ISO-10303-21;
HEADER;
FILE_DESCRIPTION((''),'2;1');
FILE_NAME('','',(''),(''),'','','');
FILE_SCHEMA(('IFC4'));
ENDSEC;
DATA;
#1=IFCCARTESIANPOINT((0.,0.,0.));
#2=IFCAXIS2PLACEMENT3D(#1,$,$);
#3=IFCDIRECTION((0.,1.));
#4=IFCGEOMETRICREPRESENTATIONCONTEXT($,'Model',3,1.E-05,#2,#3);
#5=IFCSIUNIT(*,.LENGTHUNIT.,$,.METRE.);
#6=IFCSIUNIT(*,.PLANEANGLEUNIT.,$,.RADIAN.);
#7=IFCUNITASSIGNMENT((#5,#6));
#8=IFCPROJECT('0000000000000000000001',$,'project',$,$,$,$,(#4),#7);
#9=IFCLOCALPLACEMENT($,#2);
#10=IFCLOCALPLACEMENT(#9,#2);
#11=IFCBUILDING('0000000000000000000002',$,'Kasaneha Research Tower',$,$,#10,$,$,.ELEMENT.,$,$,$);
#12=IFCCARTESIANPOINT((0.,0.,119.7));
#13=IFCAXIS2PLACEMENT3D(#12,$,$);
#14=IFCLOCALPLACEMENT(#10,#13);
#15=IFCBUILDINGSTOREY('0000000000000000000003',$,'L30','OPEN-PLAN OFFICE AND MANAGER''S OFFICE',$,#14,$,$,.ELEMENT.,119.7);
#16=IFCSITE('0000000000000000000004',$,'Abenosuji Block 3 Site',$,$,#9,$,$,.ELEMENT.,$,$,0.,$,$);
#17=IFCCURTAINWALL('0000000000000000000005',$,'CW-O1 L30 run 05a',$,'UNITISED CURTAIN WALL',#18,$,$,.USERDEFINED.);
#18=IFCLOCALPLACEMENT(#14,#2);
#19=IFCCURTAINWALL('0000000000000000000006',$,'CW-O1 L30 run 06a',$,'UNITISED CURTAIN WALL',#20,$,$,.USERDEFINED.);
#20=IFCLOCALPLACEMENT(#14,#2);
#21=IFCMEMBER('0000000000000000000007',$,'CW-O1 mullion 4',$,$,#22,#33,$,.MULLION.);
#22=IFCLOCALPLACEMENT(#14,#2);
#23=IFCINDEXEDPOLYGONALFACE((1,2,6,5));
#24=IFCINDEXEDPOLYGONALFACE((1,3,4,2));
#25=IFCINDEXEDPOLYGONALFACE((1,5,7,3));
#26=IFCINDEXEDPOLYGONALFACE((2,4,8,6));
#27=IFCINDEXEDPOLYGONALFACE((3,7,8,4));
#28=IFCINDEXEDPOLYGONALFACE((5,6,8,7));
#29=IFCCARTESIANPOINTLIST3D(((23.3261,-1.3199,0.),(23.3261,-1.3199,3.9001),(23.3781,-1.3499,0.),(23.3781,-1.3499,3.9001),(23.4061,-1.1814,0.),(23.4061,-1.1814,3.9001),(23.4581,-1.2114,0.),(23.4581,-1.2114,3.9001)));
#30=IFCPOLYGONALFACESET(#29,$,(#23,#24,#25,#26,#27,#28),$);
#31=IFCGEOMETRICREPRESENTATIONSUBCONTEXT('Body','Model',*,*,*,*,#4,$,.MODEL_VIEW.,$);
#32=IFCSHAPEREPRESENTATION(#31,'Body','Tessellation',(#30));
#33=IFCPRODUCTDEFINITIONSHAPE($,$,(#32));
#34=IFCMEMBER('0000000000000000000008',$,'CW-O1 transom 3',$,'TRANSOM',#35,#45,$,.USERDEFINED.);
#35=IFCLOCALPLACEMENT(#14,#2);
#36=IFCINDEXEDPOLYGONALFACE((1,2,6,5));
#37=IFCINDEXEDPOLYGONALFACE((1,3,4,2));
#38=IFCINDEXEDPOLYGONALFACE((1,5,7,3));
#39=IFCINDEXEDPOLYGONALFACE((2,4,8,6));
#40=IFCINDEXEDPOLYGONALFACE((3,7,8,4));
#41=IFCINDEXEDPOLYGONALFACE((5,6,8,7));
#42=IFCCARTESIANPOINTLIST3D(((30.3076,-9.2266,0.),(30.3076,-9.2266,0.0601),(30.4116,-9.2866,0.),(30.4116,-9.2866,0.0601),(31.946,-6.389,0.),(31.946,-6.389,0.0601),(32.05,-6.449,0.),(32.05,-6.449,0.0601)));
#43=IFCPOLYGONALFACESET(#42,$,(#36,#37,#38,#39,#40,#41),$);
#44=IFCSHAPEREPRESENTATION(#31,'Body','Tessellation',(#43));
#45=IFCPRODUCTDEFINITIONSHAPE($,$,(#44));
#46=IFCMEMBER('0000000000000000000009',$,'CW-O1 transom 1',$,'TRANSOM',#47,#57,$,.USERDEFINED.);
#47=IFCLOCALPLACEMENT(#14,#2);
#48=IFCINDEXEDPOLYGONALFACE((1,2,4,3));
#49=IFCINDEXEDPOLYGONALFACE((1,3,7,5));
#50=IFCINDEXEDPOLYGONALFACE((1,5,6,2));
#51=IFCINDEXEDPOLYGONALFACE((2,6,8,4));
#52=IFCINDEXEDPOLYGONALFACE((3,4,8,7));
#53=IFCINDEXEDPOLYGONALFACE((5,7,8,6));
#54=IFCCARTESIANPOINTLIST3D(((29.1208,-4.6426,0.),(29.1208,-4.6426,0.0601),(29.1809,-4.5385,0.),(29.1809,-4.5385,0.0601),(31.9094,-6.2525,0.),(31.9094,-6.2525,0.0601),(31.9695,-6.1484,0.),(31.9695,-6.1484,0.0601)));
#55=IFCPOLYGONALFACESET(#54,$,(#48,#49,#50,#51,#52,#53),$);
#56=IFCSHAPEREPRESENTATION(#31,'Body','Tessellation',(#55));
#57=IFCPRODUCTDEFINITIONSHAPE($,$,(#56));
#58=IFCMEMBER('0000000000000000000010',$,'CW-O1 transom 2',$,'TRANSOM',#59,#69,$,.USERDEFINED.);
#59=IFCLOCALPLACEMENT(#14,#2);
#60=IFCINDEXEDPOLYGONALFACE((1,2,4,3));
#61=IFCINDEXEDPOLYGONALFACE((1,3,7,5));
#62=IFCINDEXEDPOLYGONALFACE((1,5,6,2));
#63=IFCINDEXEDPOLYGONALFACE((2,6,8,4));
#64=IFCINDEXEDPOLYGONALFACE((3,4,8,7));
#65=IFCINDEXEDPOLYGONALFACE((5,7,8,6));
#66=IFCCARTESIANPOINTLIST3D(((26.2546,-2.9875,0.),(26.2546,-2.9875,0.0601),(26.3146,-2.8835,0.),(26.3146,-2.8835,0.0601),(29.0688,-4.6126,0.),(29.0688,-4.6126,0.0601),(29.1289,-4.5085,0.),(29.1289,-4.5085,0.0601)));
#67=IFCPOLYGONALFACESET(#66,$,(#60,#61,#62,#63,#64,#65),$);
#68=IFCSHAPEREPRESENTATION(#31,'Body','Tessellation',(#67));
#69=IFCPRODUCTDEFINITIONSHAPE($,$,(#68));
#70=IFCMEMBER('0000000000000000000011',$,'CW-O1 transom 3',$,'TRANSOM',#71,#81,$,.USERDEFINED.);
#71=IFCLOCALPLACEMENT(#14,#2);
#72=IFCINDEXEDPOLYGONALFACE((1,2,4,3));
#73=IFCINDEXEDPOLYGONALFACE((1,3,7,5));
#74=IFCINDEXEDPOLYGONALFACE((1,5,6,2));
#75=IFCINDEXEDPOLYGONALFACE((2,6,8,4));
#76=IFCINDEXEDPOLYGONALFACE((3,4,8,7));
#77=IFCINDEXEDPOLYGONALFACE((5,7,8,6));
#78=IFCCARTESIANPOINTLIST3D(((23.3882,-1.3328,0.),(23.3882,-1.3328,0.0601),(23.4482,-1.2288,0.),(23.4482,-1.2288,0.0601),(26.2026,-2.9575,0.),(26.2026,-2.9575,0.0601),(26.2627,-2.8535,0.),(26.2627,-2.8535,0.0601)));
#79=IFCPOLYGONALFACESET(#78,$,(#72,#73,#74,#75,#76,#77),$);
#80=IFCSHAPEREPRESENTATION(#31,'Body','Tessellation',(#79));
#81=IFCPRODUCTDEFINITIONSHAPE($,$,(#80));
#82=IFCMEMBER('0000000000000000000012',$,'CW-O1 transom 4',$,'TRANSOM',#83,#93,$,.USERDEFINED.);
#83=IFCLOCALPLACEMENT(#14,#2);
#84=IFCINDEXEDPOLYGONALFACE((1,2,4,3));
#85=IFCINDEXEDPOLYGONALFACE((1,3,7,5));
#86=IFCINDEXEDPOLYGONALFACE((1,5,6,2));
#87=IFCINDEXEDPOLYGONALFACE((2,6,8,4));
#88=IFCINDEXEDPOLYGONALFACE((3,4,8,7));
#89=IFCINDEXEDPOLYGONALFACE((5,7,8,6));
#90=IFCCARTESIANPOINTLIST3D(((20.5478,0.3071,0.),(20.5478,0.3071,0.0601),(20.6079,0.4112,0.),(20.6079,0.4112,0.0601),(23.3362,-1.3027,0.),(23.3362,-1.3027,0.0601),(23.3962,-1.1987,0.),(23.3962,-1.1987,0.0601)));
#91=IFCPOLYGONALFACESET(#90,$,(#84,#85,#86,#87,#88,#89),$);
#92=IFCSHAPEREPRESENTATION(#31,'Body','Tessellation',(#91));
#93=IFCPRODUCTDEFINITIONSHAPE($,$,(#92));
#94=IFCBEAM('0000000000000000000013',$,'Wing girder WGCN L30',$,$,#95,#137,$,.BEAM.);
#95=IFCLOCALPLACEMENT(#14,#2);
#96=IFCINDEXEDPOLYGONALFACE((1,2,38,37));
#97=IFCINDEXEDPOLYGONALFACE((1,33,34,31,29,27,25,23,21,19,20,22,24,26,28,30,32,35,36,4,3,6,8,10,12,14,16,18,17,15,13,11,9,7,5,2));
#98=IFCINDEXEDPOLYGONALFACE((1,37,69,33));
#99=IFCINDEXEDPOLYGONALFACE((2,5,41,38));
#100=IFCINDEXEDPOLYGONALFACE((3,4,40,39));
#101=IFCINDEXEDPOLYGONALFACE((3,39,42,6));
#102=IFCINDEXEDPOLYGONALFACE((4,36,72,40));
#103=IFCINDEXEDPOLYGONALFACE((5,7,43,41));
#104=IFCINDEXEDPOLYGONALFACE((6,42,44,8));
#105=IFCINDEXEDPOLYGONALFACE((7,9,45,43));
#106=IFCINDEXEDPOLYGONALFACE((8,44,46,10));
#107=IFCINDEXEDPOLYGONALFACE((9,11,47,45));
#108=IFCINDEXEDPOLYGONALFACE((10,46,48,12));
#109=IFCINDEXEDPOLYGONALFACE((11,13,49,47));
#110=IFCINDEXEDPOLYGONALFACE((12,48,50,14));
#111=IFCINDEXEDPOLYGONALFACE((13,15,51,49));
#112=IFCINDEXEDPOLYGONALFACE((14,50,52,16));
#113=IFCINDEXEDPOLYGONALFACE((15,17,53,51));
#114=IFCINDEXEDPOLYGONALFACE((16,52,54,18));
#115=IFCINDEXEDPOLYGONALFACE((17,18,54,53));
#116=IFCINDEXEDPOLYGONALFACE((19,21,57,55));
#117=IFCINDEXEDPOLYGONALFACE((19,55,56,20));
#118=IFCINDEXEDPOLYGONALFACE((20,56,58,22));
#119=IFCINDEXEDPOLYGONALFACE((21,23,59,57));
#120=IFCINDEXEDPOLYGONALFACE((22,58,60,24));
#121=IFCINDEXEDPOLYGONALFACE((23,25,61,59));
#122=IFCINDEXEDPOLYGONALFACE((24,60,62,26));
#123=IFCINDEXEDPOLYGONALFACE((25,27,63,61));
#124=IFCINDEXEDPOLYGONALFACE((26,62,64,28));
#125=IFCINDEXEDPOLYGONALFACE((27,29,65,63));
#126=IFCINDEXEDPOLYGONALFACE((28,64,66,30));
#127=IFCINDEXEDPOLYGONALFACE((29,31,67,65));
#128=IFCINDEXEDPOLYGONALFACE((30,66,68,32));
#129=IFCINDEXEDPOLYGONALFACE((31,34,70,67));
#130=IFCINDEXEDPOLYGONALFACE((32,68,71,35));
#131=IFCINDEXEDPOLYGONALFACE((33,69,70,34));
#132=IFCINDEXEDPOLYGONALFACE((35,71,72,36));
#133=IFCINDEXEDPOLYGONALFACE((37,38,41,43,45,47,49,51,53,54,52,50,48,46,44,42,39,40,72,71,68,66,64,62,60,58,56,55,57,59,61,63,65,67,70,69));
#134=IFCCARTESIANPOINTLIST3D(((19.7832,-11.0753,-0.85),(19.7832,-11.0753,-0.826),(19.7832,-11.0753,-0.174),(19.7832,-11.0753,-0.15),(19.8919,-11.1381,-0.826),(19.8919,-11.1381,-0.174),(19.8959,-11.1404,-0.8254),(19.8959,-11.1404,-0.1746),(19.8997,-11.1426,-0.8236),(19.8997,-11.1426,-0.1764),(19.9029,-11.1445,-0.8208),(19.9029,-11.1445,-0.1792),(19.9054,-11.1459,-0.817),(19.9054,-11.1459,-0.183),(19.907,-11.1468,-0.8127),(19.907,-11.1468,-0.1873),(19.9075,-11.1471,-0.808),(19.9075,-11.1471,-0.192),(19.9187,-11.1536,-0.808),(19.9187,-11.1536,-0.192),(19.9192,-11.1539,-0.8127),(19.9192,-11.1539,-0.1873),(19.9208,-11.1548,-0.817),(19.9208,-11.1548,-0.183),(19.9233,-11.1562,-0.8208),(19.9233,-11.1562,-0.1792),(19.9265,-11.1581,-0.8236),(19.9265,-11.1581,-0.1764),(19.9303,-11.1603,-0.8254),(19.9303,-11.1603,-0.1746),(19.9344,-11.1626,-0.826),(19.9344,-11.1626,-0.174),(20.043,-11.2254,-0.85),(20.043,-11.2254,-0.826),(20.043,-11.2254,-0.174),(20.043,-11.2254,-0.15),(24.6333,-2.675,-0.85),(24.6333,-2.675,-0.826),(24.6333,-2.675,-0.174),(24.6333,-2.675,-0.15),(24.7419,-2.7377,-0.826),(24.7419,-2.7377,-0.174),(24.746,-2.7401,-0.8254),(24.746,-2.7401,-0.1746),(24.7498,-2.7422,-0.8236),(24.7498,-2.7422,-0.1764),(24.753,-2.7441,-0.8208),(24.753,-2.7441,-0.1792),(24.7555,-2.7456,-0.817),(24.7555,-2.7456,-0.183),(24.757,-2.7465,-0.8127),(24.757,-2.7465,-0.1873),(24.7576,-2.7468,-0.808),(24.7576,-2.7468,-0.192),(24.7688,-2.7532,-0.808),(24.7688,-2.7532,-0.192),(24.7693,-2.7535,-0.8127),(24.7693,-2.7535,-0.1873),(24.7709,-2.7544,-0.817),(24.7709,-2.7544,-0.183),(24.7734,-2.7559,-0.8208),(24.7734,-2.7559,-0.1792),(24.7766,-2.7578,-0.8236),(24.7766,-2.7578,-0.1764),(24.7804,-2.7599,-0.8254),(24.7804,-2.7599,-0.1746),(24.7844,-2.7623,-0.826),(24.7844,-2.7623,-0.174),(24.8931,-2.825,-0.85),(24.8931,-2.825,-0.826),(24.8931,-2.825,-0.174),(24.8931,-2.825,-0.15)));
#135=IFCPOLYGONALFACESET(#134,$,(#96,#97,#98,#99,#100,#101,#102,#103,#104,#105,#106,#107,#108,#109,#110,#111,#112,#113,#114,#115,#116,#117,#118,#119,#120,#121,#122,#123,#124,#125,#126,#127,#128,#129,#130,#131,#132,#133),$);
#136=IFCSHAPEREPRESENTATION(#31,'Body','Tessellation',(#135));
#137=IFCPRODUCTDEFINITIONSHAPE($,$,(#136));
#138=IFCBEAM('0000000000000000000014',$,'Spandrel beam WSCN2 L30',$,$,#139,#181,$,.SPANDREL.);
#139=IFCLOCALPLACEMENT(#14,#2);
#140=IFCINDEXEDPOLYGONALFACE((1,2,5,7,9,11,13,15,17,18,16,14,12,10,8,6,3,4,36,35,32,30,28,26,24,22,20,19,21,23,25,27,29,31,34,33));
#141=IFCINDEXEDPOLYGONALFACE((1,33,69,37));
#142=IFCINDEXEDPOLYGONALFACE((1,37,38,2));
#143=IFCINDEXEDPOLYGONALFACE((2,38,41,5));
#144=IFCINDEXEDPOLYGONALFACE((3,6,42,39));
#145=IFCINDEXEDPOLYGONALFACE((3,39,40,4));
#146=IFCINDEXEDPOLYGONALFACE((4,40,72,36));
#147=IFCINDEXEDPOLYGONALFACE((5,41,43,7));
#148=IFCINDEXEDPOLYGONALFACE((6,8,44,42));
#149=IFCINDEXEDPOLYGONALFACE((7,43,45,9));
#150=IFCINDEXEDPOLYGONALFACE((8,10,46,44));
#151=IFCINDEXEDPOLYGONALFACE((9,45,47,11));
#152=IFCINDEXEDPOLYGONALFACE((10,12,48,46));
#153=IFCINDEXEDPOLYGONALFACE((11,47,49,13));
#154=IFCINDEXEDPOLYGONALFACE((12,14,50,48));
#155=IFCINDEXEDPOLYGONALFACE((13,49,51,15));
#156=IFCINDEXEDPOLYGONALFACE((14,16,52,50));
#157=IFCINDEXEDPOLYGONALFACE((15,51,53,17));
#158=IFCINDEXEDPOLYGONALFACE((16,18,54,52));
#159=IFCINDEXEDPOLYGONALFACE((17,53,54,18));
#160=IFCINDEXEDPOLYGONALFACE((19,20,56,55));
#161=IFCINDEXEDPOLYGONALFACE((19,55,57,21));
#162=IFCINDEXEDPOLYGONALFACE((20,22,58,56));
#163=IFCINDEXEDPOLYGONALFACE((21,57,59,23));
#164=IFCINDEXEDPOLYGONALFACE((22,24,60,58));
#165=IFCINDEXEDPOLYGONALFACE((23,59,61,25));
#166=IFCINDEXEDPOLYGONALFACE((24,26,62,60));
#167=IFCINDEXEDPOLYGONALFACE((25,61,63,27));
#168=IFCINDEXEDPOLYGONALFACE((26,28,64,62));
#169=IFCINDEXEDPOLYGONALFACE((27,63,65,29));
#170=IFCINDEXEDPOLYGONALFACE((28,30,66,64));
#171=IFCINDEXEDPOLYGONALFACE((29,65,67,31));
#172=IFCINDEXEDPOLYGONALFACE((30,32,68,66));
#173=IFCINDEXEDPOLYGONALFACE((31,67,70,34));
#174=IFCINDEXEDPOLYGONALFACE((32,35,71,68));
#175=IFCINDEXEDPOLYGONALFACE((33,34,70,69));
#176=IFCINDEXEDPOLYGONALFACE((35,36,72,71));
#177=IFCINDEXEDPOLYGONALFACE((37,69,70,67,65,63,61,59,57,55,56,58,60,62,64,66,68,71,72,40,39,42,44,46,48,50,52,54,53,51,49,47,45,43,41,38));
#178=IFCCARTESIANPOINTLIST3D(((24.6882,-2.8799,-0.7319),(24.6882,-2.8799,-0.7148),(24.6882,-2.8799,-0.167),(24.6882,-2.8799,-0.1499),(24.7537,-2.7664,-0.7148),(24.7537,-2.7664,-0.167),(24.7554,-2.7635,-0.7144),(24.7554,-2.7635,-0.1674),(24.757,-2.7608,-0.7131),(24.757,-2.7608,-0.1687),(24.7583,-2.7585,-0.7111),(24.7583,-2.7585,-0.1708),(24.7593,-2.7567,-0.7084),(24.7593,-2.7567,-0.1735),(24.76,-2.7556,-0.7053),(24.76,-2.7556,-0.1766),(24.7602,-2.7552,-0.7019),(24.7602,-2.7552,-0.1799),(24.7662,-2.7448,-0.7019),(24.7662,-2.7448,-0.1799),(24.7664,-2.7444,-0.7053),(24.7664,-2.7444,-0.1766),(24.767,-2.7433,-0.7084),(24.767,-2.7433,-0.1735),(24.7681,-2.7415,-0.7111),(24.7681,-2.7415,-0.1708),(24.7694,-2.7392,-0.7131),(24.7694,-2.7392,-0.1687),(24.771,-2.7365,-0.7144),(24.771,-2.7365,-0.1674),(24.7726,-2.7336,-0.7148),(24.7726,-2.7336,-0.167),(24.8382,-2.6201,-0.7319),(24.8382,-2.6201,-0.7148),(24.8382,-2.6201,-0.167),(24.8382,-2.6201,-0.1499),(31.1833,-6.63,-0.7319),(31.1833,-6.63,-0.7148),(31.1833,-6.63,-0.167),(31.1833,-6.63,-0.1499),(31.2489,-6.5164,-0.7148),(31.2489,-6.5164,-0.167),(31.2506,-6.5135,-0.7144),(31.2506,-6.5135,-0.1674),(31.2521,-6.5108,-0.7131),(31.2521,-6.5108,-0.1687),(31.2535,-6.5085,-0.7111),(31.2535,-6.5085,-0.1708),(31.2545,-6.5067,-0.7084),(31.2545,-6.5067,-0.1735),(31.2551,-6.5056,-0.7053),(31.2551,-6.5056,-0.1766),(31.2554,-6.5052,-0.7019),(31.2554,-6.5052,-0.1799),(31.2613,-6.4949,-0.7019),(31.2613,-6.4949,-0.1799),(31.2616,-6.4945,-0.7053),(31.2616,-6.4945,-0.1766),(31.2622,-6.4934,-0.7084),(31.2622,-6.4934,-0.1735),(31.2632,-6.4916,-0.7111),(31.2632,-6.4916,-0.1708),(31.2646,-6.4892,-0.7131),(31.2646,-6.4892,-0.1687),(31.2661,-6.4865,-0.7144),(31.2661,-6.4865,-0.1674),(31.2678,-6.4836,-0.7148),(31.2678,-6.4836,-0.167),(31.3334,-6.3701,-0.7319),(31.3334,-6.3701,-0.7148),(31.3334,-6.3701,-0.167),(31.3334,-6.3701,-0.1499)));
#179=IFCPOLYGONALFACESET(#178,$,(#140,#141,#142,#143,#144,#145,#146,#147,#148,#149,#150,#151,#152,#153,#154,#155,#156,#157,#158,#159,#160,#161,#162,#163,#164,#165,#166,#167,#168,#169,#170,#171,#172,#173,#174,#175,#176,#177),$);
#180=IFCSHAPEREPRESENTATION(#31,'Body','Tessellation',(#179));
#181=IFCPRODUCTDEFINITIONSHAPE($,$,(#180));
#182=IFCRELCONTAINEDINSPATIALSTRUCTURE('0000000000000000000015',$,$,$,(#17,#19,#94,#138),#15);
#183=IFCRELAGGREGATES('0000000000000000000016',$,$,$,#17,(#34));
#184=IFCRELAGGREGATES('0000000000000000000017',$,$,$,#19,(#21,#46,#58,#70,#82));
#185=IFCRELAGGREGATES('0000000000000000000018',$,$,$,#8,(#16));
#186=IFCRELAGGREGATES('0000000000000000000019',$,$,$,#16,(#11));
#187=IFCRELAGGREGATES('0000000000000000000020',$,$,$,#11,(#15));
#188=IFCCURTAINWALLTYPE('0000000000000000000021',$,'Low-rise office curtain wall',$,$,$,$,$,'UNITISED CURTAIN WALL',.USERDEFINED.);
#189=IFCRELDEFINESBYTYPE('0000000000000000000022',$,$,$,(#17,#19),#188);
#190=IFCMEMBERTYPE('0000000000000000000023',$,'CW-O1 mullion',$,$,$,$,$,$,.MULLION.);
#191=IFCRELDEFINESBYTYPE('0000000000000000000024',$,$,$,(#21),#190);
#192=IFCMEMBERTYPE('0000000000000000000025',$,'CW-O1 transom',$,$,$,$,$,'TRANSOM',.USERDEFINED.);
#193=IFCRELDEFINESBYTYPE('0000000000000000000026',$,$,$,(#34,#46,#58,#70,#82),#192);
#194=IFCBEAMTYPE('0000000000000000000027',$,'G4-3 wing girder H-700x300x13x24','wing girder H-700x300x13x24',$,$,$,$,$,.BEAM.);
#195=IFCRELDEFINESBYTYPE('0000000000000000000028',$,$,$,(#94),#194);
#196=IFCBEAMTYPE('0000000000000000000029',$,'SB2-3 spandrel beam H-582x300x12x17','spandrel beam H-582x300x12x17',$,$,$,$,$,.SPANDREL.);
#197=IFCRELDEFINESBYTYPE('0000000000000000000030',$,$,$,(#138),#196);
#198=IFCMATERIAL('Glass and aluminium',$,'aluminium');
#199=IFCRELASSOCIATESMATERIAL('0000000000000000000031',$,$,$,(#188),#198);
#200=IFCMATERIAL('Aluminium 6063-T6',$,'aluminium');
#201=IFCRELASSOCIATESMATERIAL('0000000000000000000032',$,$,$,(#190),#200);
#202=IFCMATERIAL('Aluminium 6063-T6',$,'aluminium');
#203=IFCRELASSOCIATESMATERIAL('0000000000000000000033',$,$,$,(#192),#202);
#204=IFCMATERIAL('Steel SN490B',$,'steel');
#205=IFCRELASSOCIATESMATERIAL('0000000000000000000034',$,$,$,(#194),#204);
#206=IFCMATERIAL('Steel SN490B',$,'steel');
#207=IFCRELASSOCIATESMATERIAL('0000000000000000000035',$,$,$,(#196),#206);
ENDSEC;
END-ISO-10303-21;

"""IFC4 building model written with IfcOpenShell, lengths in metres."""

from ifc_helpers import new_model, si_unit, direction, frame, origin, origin_2d, place, context, subcontext, project, spatial, rectangle, i_section, extrude, material, material_profile, profile_set, type_object, element, aggregate, save


model = new_model("IFC4")

# Units and contexts
model_context = context("Model", 3, precision=1e-05, world=origin(), true_north=direction((0.0, 1.0)))
body_context = subcontext(model_context, "Body", "Model", "MODEL_VIEW")
ifc_project = project(units=[si_unit("LENGTHUNIT", "METRE"), si_unit("PLANEANGLEUNIT", "RADIAN")], contexts=[model_context])

# Site, building, storey
site_placement = place(None, origin())
site = spatial("IfcSite", under=ifc_project, at=site_placement, Name="Abenosuji Block 3 Site", CompositionType="ELEMENT", RefElevation=0.0)
building_placement = place(site_placement, origin())
building = spatial("IfcBuilding", under=site, at=building_placement, Name="Kasaneha Research Tower", CompositionType="ELEMENT")
storey_placement = place(building_placement, frame((0.0, 0.0, 119.7)))
storey = spatial("IfcBuildingStorey", under=building, at=storey_placement, Name="L30", Description="OPEN-PLAN OFFICE AND MANAGER'S OFFICE", CompositionType="ELEMENT", Elevation=119.7)

# Curtain walls, member
ifc_material_1 = material(Name="Glass and aluminium", Category="aluminium")
curtain_wall_type = type_object("IfcCurtainWallType", Name="Low-rise office curtain wall", ElementType="UNITISED CURTAIN WALL", PredefinedType="USERDEFINED", material=ifc_material_1)
curtain_wall_1_placement = place(storey_placement, origin())
curtain_wall_1 = element("IfcCurtainWall", 1, at=curtain_wall_1_placement, inside=storey, type_object=curtain_wall_type, Name="CW-O1 L30 run 05a", ObjectType="UNITISED CURTAIN WALL", PredefinedType="USERDEFINED")
ifc_material_2 = material(Name="Aluminium 6063-T6", Category="aluminium")
ifc_material_profile_1 = material_profile(ifc_material_2, rectangle(XDim=0.0601, YDim=0.1599, at=origin_2d()), Name="CW-O1 mullion 60x160")
ifc_profile_set_1 = profile_set([ifc_material_profile_1], Name="Aluminium 6063-T6")
member_type_1 = type_object("IfcMemberType", Name="CW-O1 mullion", PredefinedType="MULLION", material=ifc_profile_set_1)
curtain_wall_2_placement = place(storey_placement, origin())
curtain_wall_2 = element("IfcCurtainWall", 2, at=curtain_wall_2_placement, inside=storey, type_object=curtain_wall_type, Name="CW-O1 L30 run 06a", ObjectType="UNITISED CURTAIN WALL", PredefinedType="USERDEFINED")
member_1_placement = place(storey_placement, frame((23.3921, -1.2656, 0.0), z_axis=(0.0, 0.0, 1.0), x_axis=(-0.866025, 0.5, 0.0)))
member_1 = element("IfcMember", 3, at=member_1_placement, type_object=member_type_1, Name="CW-O1 mullion 4", PredefinedType="MULLION", context=body_context, shape_type="SweptSolid", body=[
    extrude(rectangle(XDim=0.0601, YDim=0.1599, at=origin_2d()), origin(), (0.0, 0.0, 1.0), 3.9001),
])

# Members
ifc_material_3 = material(Name="Aluminium 6063-T6", Category="aluminium")
ifc_material_profile_2 = material_profile(ifc_material_3, rectangle(XDim=0.1201, YDim=0.0601, at=origin_2d()), Name="CW-O1 transom 120x60")
ifc_profile_set_2 = profile_set([ifc_material_profile_2], Name="Aluminium 6063-T6")
member_type_2 = type_object("IfcMemberType", Name="CW-O1 transom", ElementType="TRANSOM", PredefinedType="USERDEFINED", material=ifc_profile_set_2)
member_2_placement = place(storey_placement, frame((30.3596, -9.2566, 0.03), z_axis=(0.500026, 0.866011, 0.0), x_axis=(-0.866011, 0.500026, 0.0)))
member_2 = element("IfcMember", 4, at=member_2_placement, type_object=member_type_2, Name="CW-O1 transom 3", ObjectType="TRANSOM", PredefinedType="USERDEFINED", context=body_context, shape_type="SweptSolid", body=[
    extrude(rectangle(XDim=0.1201, YDim=0.0601, at=origin_2d()), origin(), (0.0, 0.0, 1.0), 3.2766),
])
member_3_placement = place(storey_placement, frame((31.9395, -6.2004, 0.03), z_axis=(-0.866042, 0.499972, 0.0), x_axis=(-0.499972, -0.866042, 0.0)))
member_3 = element("IfcMember", 5, at=member_3_placement, type_object=member_type_2, Name="CW-O1 transom 1", ObjectType="TRANSOM", PredefinedType="USERDEFINED", context=body_context, shape_type="SweptSolid", body=[
    extrude(rectangle(XDim=0.1201, YDim=0.0601, at=origin_2d()), origin(), (0.0, 0.0, 1.0), 3.22),
])
member_4_placement = place(storey_placement, frame((29.0989, -4.5605, 0.03), z_axis=(-0.865997, 0.50005, 0.0), x_axis=(-0.50005, -0.865997, 0.0)))
member_4 = element("IfcMember", 6, at=member_4_placement, type_object=member_type_2, Name="CW-O1 transom 2", ObjectType="TRANSOM", PredefinedType="USERDEFINED", context=body_context, shape_type="SweptSolid", body=[
    extrude(rectangle(XDim=0.1201, YDim=0.0601, at=origin_2d()), origin(), (0.0, 0.0, 1.0), 3.2498),
])
member_5_placement = place(storey_placement, frame((26.2327, -2.9055, 0.03), z_axis=(-0.866048, 0.499961, 0.0), x_axis=(-0.499961, -0.866048, 0.0)))
member_5 = element("IfcMember", 7, at=member_5_placement, type_object=member_type_2, Name="CW-O1 transom 3", ObjectType="TRANSOM", PredefinedType="USERDEFINED", context=body_context, shape_type="SweptSolid", body=[
    extrude(rectangle(XDim=0.1201, YDim=0.0601, at=origin_2d()), origin(), (0.0, 0.0, 1.0), 3.2498),
])
member_6_placement = place(storey_placement, frame((23.3662, -1.2507, 0.03), z_axis=(-0.866023, 0.500005, 0.0), x_axis=(-0.500005, -0.866023, 0.0)))
member_6 = element("IfcMember", 8, at=member_6_placement, type_object=member_type_2, Name="CW-O1 transom 4", ObjectType="TRANSOM", PredefinedType="USERDEFINED", context=body_context, shape_type="SweptSolid", body=[
    extrude(rectangle(XDim=0.1201, YDim=0.0601, at=origin_2d()), origin(), (0.0, 0.0, 1.0), 3.2197),
])

# Beams
ifc_material_4 = material(Name="Steel SN490B", Category="steel")
ifc_material_profile_3 = material_profile(ifc_material_4, i_section(OverallWidth=0.3, OverallDepth=0.7, WebThickness=0.0129, FlangeThickness=0.0239, FilletRadius=0.0181, at=origin_2d()), Name="H-700x300x13x24")
ifc_profile_set_3 = profile_set([ifc_material_profile_3], Name="Steel SN490B")
beam_type_1 = type_object("IfcBeamType", Name="G4-3 wing girder H-700x300x13x24", Description="wing girder H-700x300x13x24", PredefinedType="BEAM", material=ifc_profile_set_3)
beam_1_placement = place(storey_placement, frame((24.7632, -2.75, -0.5), z_axis=(-0.50001, -0.86602, 0.0), x_axis=(0.86602, -0.50001, 0.0)))
element("IfcBeam", 9, at=beam_1_placement, inside=storey, type_object=beam_type_1, Name="Wing girder WGCN L30", PredefinedType="BEAM", context=body_context, shape_type="SweptSolid", body=[
    extrude(i_section(OverallWidth=0.3, OverallDepth=0.7, WebThickness=0.0129, FlangeThickness=0.0239, FilletRadius=0.0181, at=origin_2d()), origin(), (0.0, 0.0, 1.0), 9.7),
])
ifc_material_5 = material(Name="Steel SN490B", Category="steel")
ifc_material_profile_4 = material_profile(ifc_material_5, i_section(OverallWidth=0.3, OverallDepth=0.582, WebThickness=0.012, FlangeThickness=0.0171, FilletRadius=0.0129, at=origin_2d()), Name="H-582x300x12x17")
ifc_profile_set_4 = profile_set([ifc_material_profile_4], Name="Steel SN490B")
beam_type_2 = type_object("IfcBeamType", Name="SB2-3 spandrel beam H-582x300x12x17", Description="spandrel beam H-582x300x12x17", PredefinedType="SPANDREL", material=ifc_profile_set_4)
beam_2_placement = place(storey_placement, frame((24.7632, -2.75, -0.4409), z_axis=(0.866023, -0.500004, 0.0), x_axis=(0.500004, 0.866023, 0.0)))
element("IfcBeam", 10, at=beam_2_placement, inside=storey, type_object=beam_type_2, Name="Spandrel beam WSCN2 L30", PredefinedType="SPANDREL", context=body_context, shape_type="SweptSolid", body=[
    extrude(i_section(OverallWidth=0.3, OverallDepth=0.582, WebThickness=0.012, FlangeThickness=0.0171, FilletRadius=0.0129, at=origin_2d()), origin(), (0.0, 0.0, 1.0), 7.5),
])

aggregate(curtain_wall_1, [member_2])
aggregate(curtain_wall_2, [member_1, member_3, member_4, member_5, member_6])

save(model, "model.ifc")
